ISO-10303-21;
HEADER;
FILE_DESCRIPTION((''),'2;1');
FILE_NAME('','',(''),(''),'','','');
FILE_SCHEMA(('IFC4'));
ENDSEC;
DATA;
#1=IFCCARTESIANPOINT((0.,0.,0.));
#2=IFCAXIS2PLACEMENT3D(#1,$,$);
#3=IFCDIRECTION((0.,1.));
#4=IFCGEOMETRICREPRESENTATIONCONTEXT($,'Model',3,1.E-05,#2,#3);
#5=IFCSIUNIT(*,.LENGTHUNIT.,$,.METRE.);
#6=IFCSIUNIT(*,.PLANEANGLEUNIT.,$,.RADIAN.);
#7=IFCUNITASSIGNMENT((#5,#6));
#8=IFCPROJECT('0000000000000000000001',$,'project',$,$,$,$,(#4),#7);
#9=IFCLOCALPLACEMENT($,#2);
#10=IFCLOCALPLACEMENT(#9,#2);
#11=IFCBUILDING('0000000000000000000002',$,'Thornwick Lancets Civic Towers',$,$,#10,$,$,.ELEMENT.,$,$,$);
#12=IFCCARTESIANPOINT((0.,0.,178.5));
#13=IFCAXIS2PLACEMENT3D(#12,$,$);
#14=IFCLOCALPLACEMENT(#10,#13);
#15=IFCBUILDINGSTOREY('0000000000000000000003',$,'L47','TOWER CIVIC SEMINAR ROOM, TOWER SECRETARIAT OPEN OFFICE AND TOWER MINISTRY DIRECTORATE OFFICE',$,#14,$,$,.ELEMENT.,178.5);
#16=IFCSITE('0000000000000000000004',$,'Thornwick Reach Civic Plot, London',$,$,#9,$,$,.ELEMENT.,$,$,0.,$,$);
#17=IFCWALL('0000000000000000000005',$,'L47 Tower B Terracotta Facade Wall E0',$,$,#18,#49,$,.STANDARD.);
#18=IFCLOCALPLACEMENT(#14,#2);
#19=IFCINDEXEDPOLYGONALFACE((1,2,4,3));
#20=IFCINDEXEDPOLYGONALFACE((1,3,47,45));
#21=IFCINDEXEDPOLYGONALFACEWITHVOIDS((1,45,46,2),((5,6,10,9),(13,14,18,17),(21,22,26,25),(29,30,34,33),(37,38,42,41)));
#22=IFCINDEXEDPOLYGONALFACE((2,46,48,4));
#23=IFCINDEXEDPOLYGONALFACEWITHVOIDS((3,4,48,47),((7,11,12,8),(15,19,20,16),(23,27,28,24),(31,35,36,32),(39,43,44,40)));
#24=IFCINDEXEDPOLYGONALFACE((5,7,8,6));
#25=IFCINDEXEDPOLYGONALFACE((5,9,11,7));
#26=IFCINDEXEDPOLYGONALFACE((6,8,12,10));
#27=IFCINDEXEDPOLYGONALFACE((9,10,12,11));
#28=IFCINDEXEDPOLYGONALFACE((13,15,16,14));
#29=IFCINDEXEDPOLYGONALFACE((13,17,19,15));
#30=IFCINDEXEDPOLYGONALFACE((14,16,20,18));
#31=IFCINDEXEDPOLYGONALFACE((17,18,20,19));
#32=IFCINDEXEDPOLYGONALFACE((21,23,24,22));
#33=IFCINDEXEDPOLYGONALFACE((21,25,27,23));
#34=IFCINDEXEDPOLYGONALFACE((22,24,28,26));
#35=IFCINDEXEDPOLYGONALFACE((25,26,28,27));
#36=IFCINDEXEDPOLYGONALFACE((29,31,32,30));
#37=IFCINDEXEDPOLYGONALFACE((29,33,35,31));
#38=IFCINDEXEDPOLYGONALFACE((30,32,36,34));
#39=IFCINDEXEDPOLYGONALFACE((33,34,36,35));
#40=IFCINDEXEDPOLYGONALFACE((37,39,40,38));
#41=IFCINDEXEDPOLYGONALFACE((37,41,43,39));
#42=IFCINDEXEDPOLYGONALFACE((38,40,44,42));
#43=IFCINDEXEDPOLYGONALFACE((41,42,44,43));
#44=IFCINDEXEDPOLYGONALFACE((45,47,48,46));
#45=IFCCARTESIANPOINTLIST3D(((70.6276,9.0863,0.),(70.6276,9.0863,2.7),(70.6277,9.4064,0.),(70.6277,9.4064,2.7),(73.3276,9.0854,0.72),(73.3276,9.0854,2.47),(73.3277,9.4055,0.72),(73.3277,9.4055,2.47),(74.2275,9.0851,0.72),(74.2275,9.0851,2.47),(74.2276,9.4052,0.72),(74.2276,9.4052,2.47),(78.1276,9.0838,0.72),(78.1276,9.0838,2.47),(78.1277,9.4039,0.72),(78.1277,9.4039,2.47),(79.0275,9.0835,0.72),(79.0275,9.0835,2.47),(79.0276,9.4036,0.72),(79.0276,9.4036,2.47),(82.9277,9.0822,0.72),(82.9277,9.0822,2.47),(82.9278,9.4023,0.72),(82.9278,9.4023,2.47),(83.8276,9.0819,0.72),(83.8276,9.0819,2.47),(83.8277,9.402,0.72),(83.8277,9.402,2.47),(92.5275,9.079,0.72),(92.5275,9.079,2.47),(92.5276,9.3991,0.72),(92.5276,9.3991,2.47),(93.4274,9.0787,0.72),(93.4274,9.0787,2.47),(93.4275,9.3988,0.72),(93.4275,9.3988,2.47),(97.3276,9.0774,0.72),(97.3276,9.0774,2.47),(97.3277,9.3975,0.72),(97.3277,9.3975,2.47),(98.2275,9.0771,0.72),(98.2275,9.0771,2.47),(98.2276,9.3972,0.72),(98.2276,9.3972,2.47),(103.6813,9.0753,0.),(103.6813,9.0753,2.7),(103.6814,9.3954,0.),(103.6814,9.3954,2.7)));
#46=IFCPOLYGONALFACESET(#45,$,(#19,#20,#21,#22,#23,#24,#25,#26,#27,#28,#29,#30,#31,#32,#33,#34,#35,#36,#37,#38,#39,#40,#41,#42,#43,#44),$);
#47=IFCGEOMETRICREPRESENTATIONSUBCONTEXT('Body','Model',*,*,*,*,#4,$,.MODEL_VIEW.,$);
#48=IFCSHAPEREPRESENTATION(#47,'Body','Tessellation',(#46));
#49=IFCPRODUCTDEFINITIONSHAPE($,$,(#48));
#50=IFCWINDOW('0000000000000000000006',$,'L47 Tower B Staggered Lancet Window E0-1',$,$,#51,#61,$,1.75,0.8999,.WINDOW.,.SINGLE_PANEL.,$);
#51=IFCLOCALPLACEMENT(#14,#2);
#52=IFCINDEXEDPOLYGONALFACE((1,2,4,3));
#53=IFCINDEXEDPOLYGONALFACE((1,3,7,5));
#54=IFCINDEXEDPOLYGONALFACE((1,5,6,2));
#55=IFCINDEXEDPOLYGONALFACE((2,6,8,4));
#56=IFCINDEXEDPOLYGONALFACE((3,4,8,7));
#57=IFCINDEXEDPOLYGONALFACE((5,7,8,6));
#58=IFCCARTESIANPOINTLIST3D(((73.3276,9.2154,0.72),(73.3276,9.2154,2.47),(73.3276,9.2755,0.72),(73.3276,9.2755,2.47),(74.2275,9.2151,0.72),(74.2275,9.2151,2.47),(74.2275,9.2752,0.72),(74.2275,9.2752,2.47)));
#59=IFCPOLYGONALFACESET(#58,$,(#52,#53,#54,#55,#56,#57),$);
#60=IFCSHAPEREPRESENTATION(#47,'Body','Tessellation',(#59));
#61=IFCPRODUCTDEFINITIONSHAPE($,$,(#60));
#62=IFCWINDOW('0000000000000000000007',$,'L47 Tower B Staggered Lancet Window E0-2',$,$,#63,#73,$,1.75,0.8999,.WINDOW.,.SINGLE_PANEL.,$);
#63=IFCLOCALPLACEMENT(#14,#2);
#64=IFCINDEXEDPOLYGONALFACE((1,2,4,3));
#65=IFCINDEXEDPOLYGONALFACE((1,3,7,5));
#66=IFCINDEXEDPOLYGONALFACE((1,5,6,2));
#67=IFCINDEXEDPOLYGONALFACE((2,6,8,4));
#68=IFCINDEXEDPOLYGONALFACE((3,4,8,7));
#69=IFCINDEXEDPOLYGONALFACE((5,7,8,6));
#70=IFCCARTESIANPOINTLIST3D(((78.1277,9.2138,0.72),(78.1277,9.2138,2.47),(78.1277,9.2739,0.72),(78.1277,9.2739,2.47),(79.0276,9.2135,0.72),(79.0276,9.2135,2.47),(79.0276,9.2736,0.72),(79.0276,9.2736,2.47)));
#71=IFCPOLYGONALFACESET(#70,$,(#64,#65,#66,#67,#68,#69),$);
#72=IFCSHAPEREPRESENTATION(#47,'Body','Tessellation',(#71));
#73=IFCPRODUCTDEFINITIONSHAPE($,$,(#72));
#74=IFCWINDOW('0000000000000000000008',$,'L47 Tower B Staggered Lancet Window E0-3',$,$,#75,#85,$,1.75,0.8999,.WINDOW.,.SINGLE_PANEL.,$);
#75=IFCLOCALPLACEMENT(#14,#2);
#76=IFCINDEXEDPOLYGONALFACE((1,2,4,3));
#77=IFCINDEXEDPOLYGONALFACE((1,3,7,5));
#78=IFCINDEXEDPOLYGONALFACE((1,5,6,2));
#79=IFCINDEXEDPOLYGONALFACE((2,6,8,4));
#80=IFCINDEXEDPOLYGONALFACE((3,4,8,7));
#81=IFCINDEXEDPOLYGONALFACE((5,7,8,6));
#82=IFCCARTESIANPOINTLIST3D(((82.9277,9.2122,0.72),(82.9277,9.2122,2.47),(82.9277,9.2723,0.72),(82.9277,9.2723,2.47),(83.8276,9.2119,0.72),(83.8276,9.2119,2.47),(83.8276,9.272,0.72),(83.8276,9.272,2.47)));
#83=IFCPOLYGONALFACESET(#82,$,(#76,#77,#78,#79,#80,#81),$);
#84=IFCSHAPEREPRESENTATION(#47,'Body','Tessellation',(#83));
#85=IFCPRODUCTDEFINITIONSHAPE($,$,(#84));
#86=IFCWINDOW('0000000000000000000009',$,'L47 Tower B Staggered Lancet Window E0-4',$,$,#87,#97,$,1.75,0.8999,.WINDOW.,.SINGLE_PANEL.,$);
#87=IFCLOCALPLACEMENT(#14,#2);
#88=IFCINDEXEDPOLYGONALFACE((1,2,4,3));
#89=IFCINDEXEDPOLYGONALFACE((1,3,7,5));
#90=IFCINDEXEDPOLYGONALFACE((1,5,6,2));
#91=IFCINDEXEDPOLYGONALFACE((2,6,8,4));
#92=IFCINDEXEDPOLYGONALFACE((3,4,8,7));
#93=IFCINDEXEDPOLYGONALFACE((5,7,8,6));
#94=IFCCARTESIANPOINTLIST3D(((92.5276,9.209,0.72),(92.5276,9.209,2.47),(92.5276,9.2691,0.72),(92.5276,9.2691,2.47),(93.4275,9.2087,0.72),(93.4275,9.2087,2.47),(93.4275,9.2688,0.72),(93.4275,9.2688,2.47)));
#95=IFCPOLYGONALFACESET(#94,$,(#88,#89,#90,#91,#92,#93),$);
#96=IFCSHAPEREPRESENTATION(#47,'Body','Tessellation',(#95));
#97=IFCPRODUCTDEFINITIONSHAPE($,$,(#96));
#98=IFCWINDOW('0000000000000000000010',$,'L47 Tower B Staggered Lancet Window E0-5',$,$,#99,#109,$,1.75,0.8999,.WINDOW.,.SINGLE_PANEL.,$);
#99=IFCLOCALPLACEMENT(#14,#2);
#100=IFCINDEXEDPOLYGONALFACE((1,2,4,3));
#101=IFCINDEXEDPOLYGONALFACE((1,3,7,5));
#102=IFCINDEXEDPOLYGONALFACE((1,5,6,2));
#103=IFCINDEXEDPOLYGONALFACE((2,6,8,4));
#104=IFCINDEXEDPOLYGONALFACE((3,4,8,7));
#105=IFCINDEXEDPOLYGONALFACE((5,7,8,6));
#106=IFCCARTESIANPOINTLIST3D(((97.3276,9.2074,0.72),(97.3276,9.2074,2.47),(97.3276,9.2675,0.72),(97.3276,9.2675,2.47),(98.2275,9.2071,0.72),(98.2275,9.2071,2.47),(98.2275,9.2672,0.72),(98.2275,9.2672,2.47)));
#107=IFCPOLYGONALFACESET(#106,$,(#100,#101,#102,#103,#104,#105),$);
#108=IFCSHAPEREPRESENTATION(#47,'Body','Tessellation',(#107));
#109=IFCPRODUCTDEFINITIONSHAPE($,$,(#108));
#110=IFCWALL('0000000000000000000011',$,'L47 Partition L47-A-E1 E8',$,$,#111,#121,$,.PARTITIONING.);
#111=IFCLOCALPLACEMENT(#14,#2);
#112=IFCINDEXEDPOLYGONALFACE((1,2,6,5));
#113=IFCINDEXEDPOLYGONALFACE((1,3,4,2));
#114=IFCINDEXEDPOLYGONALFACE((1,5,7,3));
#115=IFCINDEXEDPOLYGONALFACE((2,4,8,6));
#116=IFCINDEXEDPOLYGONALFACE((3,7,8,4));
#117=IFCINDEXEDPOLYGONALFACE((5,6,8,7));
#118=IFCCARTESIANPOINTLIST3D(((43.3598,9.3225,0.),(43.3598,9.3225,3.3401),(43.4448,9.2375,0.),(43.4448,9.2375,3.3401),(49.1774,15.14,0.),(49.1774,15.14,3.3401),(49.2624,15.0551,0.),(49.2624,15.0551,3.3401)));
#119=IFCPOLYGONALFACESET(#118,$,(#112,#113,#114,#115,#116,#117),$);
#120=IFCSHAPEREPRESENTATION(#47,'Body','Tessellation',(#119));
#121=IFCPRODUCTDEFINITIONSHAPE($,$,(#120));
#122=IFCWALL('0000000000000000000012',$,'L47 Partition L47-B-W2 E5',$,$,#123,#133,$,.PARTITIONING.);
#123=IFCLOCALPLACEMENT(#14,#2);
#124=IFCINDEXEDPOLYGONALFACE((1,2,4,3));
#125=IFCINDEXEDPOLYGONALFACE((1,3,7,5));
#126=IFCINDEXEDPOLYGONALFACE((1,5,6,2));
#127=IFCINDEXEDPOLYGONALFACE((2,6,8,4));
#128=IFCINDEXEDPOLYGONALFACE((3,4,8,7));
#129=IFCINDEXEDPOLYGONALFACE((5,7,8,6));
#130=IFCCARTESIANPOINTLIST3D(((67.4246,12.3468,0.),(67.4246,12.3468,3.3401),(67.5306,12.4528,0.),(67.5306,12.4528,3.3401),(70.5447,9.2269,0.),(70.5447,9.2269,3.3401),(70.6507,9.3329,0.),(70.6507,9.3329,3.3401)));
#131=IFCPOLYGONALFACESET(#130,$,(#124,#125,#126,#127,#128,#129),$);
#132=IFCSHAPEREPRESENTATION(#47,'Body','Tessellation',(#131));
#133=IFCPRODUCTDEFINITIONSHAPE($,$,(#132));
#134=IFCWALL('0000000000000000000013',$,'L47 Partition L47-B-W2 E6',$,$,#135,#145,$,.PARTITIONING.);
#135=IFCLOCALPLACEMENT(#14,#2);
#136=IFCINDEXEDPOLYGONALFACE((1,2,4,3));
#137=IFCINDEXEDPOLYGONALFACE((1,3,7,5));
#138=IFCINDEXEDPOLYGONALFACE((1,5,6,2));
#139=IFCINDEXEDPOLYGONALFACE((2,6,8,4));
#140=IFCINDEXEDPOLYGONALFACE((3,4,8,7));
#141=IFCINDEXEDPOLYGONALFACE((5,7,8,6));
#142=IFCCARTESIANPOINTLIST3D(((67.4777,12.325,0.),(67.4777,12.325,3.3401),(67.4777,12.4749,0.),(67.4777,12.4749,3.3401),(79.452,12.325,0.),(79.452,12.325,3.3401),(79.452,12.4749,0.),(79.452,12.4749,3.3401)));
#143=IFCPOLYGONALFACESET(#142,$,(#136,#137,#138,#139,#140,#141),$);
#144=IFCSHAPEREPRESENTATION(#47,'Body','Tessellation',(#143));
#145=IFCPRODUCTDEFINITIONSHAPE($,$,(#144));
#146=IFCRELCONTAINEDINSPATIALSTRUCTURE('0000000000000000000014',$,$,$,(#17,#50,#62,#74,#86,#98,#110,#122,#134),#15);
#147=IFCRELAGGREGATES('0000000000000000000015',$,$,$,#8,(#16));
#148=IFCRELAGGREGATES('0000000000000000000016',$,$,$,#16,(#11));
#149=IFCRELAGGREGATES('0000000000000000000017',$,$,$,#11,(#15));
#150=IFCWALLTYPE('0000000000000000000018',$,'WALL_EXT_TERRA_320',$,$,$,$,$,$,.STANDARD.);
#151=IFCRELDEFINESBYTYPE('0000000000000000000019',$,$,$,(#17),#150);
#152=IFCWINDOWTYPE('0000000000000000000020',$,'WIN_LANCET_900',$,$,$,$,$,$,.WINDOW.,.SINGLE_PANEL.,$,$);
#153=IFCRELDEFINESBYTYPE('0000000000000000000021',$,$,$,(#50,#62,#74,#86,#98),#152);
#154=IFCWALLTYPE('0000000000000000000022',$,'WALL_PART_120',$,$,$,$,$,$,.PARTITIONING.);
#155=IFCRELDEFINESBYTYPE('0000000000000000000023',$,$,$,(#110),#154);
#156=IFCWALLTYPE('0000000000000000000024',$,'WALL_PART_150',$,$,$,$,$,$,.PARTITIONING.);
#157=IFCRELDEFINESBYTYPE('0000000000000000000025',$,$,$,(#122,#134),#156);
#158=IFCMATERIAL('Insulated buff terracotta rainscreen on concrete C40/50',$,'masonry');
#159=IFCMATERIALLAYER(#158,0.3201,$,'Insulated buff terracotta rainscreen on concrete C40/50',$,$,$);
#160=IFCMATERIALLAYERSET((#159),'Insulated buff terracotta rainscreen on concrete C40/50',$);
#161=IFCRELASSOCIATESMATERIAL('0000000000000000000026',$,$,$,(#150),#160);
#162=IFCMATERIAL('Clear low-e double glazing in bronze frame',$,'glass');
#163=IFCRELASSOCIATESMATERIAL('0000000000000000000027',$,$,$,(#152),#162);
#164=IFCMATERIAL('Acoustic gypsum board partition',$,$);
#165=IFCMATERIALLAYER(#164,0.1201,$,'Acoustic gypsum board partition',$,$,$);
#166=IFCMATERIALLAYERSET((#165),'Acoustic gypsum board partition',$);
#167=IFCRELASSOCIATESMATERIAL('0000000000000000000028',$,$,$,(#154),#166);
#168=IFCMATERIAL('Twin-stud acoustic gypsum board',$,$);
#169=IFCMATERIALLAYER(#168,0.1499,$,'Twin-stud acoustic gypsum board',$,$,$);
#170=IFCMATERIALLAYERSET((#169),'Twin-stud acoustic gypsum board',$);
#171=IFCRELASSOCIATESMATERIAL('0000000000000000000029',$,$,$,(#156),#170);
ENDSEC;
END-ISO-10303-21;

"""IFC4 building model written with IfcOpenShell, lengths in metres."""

from ifc_helpers import new_model, si_unit, direction, frame, frame_2d, origin, place, context, subcontext, project, spatial, rectangle, extrude, material, layer, layer_set, type_object, element, fill, save


model = new_model("IFC4")

# Units and contexts
model_context = context("Model", 3, precision=1e-05, world=origin(), true_north=direction((0.0, 1.0)))
body_context = subcontext(model_context, "Body", "Model", "MODEL_VIEW")
ifc_project = project(units=[si_unit("LENGTHUNIT", "METRE"), si_unit("PLANEANGLEUNIT", "RADIAN")], contexts=[model_context])

# Site, building, storey
site_placement = place(None, origin())
site = spatial("IfcSite", under=ifc_project, at=site_placement, Name="Thornwick Reach Civic Plot, London", CompositionType="ELEMENT", RefElevation=0.0)
building_placement = place(site_placement, origin())
building = spatial("IfcBuilding", under=site, at=building_placement, Name="Thornwick Lancets Civic Towers", CompositionType="ELEMENT")
storey_placement = place(building_placement, frame((0.0, 0.0, 178.5)))
storey = spatial("IfcBuildingStorey", under=building, at=storey_placement, Name="L47", Description="TOWER CIVIC SEMINAR ROOM, TOWER SECRETARIAT OPEN OFFICE AND TOWER MINISTRY DIRECTORATE OFFICE", CompositionType="ELEMENT", Elevation=178.5)

# Wall, openings, windows
ifc_material_1 = material(Name="Insulated buff terracotta rainscreen on concrete C40/50", Category="masonry")
ifc_layer_1 = layer(ifc_material_1, 0.3201, Name="Insulated buff terracotta rainscreen on concrete C40/50")
ifc_layer_set_1 = layer_set([ifc_layer_1], Name="Insulated buff terracotta rainscreen on concrete C40/50")
wall_type_1 = type_object("IfcWallType", Name="WALL_EXT_TERRA_320", PredefinedType="STANDARD", material=ifc_layer_set_1)
ifc_material_2 = material(Name="Clear low-e double glazing in bronze frame", Category="glass")
window_type = type_object("IfcWindowType", Name="WIN_LANCET_900", PartitioningType="SINGLE_PANEL", PredefinedType="WINDOW", material=ifc_material_2)
wall_1_placement = place(storey_placement, frame((70.6277, 9.2463, 0.0), z_axis=(0.0, 0.0, 1.0), x_axis=(1.0, -0.000332, 0.0)))
wall_1 = element("IfcWall", 1, at=wall_1_placement, inside=storey, type_object=wall_type_1, Name="L47 Tower B Terracotta Facade Wall E0", PredefinedType="STANDARD", context=body_context, shape_type="SweptSolid", body=[
    extrude(rectangle(XDim=33.0537, YDim=0.3201, at=frame_2d((16.5269, 0.0))), origin(), (0.0, 0.0, 1.0), 2.7),
])
opening_1_placement = place(wall_1_placement, frame((2.7, 0.0, 0.72)))
opening_1 = element("IfcOpeningElement", 2, at=opening_1_placement, cuts=wall_1, PredefinedType="OPENING", context=body_context, shape_type="SweptSolid", body=[
    extrude(rectangle(XDim=0.8999, YDim=1.75, at=frame_2d((0.45, 0.875))), frame((0.0, 0.1699, 0.0), z_axis=(0.0, -1.0, 0.0), x_axis=(1.0, 0.0, 0.0)), (0.0, 0.0, 1.0), 0.3401),
])
opening_2_placement = place(wall_1_placement, frame((7.5, 0.0, 0.72)))
opening_2 = element("IfcOpeningElement", 3, at=opening_2_placement, cuts=wall_1, PredefinedType="OPENING", context=body_context, shape_type="SweptSolid", body=[
    extrude(rectangle(XDim=0.8999, YDim=1.75, at=frame_2d((0.45, 0.875))), frame((0.0, 0.1699, 0.0), z_axis=(0.0, -1.0, 0.0), x_axis=(1.0, 0.0, 0.0)), (0.0, 0.0, 1.0), 0.3401),
])
opening_3_placement = place(wall_1_placement, frame((12.3, 0.0, 0.72)))
opening_3 = element("IfcOpeningElement", 4, at=opening_3_placement, cuts=wall_1, PredefinedType="OPENING", context=body_context, shape_type="SweptSolid", body=[
    extrude(rectangle(XDim=0.8999, YDim=1.75, at=frame_2d((0.45, 0.875))), frame((0.0, 0.1699, 0.0), z_axis=(0.0, -1.0, 0.0), x_axis=(1.0, 0.0, 0.0)), (0.0, 0.0, 1.0), 0.3401),
])
opening_4_placement = place(wall_1_placement, frame((21.8999, 0.0, 0.72)))
opening_4 = element("IfcOpeningElement", 5, at=opening_4_placement, cuts=wall_1, PredefinedType="OPENING", context=body_context, shape_type="SweptSolid", body=[
    extrude(rectangle(XDim=0.8999, YDim=1.75, at=frame_2d((0.45, 0.875))), frame((0.0, 0.1699, 0.0), z_axis=(0.0, -1.0, 0.0), x_axis=(1.0, 0.0, 0.0)), (0.0, 0.0, 1.0), 0.3401),
])
opening_5_placement = place(wall_1_placement, frame((26.7, 0.0, 0.72)))
opening_5 = element("IfcOpeningElement", 6, at=opening_5_placement, cuts=wall_1, PredefinedType="OPENING", context=body_context, shape_type="SweptSolid", body=[
    extrude(rectangle(XDim=0.8999, YDim=1.75, at=frame_2d((0.45, 0.875))), frame((0.0, 0.1699, 0.0), z_axis=(0.0, -1.0, 0.0), x_axis=(1.0, 0.0, 0.0)), (0.0, 0.0, 1.0), 0.3401),
])
window_1_placement = place(opening_1_placement, origin())
window_1 = element("IfcWindow", 7, at=window_1_placement, inside=storey, type_object=window_type, Name="L47 Tower B Staggered Lancet Window E0-1", OverallHeight=1.75, OverallWidth=0.8999, PartitioningType="SINGLE_PANEL", PredefinedType="WINDOW", context=body_context, shape_type="SweptSolid", body=[
    extrude(rectangle(XDim=0.8999, YDim=1.75, at=frame_2d((0.45, 0.875))), frame((0.0, 0.03, 0.0), z_axis=(0.0, -1.0, 0.0), x_axis=(1.0, 0.0, 0.0)), (0.0, 0.0, 1.0), 0.0601),
])
fill(opening_1, window_1)
window_2_placement = place(opening_2_placement, origin())
window_2 = element("IfcWindow", 8, at=window_2_placement, inside=storey, type_object=window_type, Name="L47 Tower B Staggered Lancet Window E0-2", OverallHeight=1.75, OverallWidth=0.8999, PartitioningType="SINGLE_PANEL", PredefinedType="WINDOW", context=body_context, shape_type="SweptSolid", body=[
    extrude(rectangle(XDim=0.8999, YDim=1.75, at=frame_2d((0.45, 0.875))), frame((0.0, 0.03, 0.0), z_axis=(0.0, -1.0, 0.0), x_axis=(1.0, 0.0, 0.0)), (0.0, 0.0, 1.0), 0.0601),
])
fill(opening_2, window_2)
window_3_placement = place(opening_3_placement, origin())
window_3 = element("IfcWindow", 9, at=window_3_placement, inside=storey, type_object=window_type, Name="L47 Tower B Staggered Lancet Window E0-3", OverallHeight=1.75, OverallWidth=0.8999, PartitioningType="SINGLE_PANEL", PredefinedType="WINDOW", context=body_context, shape_type="SweptSolid", body=[
    extrude(rectangle(XDim=0.8999, YDim=1.75, at=frame_2d((0.45, 0.875))), frame((0.0, 0.03, 0.0), z_axis=(0.0, -1.0, 0.0), x_axis=(1.0, 0.0, 0.0)), (0.0, 0.0, 1.0), 0.0601),
])
fill(opening_3, window_3)
window_4_placement = place(opening_4_placement, origin())
window_4 = element("IfcWindow", 10, at=window_4_placement, inside=storey, type_object=window_type, Name="L47 Tower B Staggered Lancet Window E0-4", OverallHeight=1.75, OverallWidth=0.8999, PartitioningType="SINGLE_PANEL", PredefinedType="WINDOW", context=body_context, shape_type="SweptSolid", body=[
    extrude(rectangle(XDim=0.8999, YDim=1.75, at=frame_2d((0.45, 0.875))), frame((0.0, 0.03, 0.0), z_axis=(0.0, -1.0, 0.0), x_axis=(1.0, 0.0, 0.0)), (0.0, 0.0, 1.0), 0.0601),
])
fill(opening_4, window_4)
window_5_placement = place(opening_5_placement, origin())
window_5 = element("IfcWindow", 11, at=window_5_placement, inside=storey, type_object=window_type, Name="L47 Tower B Staggered Lancet Window E0-5", OverallHeight=1.75, OverallWidth=0.8999, PartitioningType="SINGLE_PANEL", PredefinedType="WINDOW", context=body_context, shape_type="SweptSolid", body=[
    extrude(rectangle(XDim=0.8999, YDim=1.75, at=frame_2d((0.45, 0.875))), frame((0.0, 0.03, 0.0), z_axis=(0.0, -1.0, 0.0), x_axis=(1.0, 0.0, 0.0)), (0.0, 0.0, 1.0), 0.0601),
])
fill(opening_5, window_5)

# Walls
ifc_material_3 = material(Name="Acoustic gypsum board partition")
ifc_layer_2 = layer(ifc_material_3, 0.1201, Name="Acoustic gypsum board partition")
ifc_layer_set_2 = layer_set([ifc_layer_2], Name="Acoustic gypsum board partition")
wall_type_2 = type_object("IfcWallType", Name="WALL_PART_120", PredefinedType="PARTITIONING", material=ifc_layer_set_2)
wall_2_placement = place(storey_placement, frame((49.22, 15.0977, 0.0), z_axis=(0.0, 0.0, 1.0), x_axis=(-0.707107, -0.707107, 0.0)))
element("IfcWall", 12, at=wall_2_placement, inside=storey, type_object=wall_type_2, Name="L47 Partition L47-A-E1 E8", PredefinedType="PARTITIONING", context=body_context, shape_type="SweptSolid", body=[
    extrude(rectangle(XDim=8.2273, YDim=0.1201, at=frame_2d((4.1138, 0.0))), origin(), (0.0, 0.0, 1.0), 3.3401),
])
ifc_material_4 = material(Name="Twin-stud acoustic gypsum board")
ifc_layer_3 = layer(ifc_material_4, 0.1499, Name="Twin-stud acoustic gypsum board")
ifc_layer_set_3 = layer_set([ifc_layer_3], Name="Twin-stud acoustic gypsum board")
wall_type_3 = type_object("IfcWallType", Name="WALL_PART_150", PredefinedType="PARTITIONING", material=ifc_layer_set_3)
wall_3_placement = place(storey_placement, frame((70.5977, 9.28, 0.0), z_axis=(0.0, 0.0, 1.0), x_axis=(-0.707134, 0.707079, 0.0)))
element("IfcWall", 13, at=wall_3_placement, inside=storey, type_object=wall_type_3, Name="L47 Partition L47-B-W2 E5", PredefinedType="PARTITIONING", context=body_context, shape_type="SweptSolid", body=[
    extrude(rectangle(XDim=4.4124, YDim=0.1499, at=frame_2d((2.2061, 0.0))), origin(), (0.0, 0.0, 1.0), 3.3401),
])
wall_4_placement = place(storey_placement, frame((67.4775, 12.3999, 0.0), z_axis=(0.0, 0.0, 1.0), x_axis=(1.0, 0.0, 0.0)))
element("IfcWall", 14, at=wall_4_placement, inside=storey, type_object=wall_type_3, Name="L47 Partition L47-B-W2 E6", PredefinedType="PARTITIONING", context=body_context, shape_type="SweptSolid", body=[
    extrude(rectangle(XDim=11.9744, YDim=0.1499, at=frame_2d((5.9873, 0.0))), origin(), (0.0, 0.0, 1.0), 3.3401),
])

save(model, "model.ifc")
